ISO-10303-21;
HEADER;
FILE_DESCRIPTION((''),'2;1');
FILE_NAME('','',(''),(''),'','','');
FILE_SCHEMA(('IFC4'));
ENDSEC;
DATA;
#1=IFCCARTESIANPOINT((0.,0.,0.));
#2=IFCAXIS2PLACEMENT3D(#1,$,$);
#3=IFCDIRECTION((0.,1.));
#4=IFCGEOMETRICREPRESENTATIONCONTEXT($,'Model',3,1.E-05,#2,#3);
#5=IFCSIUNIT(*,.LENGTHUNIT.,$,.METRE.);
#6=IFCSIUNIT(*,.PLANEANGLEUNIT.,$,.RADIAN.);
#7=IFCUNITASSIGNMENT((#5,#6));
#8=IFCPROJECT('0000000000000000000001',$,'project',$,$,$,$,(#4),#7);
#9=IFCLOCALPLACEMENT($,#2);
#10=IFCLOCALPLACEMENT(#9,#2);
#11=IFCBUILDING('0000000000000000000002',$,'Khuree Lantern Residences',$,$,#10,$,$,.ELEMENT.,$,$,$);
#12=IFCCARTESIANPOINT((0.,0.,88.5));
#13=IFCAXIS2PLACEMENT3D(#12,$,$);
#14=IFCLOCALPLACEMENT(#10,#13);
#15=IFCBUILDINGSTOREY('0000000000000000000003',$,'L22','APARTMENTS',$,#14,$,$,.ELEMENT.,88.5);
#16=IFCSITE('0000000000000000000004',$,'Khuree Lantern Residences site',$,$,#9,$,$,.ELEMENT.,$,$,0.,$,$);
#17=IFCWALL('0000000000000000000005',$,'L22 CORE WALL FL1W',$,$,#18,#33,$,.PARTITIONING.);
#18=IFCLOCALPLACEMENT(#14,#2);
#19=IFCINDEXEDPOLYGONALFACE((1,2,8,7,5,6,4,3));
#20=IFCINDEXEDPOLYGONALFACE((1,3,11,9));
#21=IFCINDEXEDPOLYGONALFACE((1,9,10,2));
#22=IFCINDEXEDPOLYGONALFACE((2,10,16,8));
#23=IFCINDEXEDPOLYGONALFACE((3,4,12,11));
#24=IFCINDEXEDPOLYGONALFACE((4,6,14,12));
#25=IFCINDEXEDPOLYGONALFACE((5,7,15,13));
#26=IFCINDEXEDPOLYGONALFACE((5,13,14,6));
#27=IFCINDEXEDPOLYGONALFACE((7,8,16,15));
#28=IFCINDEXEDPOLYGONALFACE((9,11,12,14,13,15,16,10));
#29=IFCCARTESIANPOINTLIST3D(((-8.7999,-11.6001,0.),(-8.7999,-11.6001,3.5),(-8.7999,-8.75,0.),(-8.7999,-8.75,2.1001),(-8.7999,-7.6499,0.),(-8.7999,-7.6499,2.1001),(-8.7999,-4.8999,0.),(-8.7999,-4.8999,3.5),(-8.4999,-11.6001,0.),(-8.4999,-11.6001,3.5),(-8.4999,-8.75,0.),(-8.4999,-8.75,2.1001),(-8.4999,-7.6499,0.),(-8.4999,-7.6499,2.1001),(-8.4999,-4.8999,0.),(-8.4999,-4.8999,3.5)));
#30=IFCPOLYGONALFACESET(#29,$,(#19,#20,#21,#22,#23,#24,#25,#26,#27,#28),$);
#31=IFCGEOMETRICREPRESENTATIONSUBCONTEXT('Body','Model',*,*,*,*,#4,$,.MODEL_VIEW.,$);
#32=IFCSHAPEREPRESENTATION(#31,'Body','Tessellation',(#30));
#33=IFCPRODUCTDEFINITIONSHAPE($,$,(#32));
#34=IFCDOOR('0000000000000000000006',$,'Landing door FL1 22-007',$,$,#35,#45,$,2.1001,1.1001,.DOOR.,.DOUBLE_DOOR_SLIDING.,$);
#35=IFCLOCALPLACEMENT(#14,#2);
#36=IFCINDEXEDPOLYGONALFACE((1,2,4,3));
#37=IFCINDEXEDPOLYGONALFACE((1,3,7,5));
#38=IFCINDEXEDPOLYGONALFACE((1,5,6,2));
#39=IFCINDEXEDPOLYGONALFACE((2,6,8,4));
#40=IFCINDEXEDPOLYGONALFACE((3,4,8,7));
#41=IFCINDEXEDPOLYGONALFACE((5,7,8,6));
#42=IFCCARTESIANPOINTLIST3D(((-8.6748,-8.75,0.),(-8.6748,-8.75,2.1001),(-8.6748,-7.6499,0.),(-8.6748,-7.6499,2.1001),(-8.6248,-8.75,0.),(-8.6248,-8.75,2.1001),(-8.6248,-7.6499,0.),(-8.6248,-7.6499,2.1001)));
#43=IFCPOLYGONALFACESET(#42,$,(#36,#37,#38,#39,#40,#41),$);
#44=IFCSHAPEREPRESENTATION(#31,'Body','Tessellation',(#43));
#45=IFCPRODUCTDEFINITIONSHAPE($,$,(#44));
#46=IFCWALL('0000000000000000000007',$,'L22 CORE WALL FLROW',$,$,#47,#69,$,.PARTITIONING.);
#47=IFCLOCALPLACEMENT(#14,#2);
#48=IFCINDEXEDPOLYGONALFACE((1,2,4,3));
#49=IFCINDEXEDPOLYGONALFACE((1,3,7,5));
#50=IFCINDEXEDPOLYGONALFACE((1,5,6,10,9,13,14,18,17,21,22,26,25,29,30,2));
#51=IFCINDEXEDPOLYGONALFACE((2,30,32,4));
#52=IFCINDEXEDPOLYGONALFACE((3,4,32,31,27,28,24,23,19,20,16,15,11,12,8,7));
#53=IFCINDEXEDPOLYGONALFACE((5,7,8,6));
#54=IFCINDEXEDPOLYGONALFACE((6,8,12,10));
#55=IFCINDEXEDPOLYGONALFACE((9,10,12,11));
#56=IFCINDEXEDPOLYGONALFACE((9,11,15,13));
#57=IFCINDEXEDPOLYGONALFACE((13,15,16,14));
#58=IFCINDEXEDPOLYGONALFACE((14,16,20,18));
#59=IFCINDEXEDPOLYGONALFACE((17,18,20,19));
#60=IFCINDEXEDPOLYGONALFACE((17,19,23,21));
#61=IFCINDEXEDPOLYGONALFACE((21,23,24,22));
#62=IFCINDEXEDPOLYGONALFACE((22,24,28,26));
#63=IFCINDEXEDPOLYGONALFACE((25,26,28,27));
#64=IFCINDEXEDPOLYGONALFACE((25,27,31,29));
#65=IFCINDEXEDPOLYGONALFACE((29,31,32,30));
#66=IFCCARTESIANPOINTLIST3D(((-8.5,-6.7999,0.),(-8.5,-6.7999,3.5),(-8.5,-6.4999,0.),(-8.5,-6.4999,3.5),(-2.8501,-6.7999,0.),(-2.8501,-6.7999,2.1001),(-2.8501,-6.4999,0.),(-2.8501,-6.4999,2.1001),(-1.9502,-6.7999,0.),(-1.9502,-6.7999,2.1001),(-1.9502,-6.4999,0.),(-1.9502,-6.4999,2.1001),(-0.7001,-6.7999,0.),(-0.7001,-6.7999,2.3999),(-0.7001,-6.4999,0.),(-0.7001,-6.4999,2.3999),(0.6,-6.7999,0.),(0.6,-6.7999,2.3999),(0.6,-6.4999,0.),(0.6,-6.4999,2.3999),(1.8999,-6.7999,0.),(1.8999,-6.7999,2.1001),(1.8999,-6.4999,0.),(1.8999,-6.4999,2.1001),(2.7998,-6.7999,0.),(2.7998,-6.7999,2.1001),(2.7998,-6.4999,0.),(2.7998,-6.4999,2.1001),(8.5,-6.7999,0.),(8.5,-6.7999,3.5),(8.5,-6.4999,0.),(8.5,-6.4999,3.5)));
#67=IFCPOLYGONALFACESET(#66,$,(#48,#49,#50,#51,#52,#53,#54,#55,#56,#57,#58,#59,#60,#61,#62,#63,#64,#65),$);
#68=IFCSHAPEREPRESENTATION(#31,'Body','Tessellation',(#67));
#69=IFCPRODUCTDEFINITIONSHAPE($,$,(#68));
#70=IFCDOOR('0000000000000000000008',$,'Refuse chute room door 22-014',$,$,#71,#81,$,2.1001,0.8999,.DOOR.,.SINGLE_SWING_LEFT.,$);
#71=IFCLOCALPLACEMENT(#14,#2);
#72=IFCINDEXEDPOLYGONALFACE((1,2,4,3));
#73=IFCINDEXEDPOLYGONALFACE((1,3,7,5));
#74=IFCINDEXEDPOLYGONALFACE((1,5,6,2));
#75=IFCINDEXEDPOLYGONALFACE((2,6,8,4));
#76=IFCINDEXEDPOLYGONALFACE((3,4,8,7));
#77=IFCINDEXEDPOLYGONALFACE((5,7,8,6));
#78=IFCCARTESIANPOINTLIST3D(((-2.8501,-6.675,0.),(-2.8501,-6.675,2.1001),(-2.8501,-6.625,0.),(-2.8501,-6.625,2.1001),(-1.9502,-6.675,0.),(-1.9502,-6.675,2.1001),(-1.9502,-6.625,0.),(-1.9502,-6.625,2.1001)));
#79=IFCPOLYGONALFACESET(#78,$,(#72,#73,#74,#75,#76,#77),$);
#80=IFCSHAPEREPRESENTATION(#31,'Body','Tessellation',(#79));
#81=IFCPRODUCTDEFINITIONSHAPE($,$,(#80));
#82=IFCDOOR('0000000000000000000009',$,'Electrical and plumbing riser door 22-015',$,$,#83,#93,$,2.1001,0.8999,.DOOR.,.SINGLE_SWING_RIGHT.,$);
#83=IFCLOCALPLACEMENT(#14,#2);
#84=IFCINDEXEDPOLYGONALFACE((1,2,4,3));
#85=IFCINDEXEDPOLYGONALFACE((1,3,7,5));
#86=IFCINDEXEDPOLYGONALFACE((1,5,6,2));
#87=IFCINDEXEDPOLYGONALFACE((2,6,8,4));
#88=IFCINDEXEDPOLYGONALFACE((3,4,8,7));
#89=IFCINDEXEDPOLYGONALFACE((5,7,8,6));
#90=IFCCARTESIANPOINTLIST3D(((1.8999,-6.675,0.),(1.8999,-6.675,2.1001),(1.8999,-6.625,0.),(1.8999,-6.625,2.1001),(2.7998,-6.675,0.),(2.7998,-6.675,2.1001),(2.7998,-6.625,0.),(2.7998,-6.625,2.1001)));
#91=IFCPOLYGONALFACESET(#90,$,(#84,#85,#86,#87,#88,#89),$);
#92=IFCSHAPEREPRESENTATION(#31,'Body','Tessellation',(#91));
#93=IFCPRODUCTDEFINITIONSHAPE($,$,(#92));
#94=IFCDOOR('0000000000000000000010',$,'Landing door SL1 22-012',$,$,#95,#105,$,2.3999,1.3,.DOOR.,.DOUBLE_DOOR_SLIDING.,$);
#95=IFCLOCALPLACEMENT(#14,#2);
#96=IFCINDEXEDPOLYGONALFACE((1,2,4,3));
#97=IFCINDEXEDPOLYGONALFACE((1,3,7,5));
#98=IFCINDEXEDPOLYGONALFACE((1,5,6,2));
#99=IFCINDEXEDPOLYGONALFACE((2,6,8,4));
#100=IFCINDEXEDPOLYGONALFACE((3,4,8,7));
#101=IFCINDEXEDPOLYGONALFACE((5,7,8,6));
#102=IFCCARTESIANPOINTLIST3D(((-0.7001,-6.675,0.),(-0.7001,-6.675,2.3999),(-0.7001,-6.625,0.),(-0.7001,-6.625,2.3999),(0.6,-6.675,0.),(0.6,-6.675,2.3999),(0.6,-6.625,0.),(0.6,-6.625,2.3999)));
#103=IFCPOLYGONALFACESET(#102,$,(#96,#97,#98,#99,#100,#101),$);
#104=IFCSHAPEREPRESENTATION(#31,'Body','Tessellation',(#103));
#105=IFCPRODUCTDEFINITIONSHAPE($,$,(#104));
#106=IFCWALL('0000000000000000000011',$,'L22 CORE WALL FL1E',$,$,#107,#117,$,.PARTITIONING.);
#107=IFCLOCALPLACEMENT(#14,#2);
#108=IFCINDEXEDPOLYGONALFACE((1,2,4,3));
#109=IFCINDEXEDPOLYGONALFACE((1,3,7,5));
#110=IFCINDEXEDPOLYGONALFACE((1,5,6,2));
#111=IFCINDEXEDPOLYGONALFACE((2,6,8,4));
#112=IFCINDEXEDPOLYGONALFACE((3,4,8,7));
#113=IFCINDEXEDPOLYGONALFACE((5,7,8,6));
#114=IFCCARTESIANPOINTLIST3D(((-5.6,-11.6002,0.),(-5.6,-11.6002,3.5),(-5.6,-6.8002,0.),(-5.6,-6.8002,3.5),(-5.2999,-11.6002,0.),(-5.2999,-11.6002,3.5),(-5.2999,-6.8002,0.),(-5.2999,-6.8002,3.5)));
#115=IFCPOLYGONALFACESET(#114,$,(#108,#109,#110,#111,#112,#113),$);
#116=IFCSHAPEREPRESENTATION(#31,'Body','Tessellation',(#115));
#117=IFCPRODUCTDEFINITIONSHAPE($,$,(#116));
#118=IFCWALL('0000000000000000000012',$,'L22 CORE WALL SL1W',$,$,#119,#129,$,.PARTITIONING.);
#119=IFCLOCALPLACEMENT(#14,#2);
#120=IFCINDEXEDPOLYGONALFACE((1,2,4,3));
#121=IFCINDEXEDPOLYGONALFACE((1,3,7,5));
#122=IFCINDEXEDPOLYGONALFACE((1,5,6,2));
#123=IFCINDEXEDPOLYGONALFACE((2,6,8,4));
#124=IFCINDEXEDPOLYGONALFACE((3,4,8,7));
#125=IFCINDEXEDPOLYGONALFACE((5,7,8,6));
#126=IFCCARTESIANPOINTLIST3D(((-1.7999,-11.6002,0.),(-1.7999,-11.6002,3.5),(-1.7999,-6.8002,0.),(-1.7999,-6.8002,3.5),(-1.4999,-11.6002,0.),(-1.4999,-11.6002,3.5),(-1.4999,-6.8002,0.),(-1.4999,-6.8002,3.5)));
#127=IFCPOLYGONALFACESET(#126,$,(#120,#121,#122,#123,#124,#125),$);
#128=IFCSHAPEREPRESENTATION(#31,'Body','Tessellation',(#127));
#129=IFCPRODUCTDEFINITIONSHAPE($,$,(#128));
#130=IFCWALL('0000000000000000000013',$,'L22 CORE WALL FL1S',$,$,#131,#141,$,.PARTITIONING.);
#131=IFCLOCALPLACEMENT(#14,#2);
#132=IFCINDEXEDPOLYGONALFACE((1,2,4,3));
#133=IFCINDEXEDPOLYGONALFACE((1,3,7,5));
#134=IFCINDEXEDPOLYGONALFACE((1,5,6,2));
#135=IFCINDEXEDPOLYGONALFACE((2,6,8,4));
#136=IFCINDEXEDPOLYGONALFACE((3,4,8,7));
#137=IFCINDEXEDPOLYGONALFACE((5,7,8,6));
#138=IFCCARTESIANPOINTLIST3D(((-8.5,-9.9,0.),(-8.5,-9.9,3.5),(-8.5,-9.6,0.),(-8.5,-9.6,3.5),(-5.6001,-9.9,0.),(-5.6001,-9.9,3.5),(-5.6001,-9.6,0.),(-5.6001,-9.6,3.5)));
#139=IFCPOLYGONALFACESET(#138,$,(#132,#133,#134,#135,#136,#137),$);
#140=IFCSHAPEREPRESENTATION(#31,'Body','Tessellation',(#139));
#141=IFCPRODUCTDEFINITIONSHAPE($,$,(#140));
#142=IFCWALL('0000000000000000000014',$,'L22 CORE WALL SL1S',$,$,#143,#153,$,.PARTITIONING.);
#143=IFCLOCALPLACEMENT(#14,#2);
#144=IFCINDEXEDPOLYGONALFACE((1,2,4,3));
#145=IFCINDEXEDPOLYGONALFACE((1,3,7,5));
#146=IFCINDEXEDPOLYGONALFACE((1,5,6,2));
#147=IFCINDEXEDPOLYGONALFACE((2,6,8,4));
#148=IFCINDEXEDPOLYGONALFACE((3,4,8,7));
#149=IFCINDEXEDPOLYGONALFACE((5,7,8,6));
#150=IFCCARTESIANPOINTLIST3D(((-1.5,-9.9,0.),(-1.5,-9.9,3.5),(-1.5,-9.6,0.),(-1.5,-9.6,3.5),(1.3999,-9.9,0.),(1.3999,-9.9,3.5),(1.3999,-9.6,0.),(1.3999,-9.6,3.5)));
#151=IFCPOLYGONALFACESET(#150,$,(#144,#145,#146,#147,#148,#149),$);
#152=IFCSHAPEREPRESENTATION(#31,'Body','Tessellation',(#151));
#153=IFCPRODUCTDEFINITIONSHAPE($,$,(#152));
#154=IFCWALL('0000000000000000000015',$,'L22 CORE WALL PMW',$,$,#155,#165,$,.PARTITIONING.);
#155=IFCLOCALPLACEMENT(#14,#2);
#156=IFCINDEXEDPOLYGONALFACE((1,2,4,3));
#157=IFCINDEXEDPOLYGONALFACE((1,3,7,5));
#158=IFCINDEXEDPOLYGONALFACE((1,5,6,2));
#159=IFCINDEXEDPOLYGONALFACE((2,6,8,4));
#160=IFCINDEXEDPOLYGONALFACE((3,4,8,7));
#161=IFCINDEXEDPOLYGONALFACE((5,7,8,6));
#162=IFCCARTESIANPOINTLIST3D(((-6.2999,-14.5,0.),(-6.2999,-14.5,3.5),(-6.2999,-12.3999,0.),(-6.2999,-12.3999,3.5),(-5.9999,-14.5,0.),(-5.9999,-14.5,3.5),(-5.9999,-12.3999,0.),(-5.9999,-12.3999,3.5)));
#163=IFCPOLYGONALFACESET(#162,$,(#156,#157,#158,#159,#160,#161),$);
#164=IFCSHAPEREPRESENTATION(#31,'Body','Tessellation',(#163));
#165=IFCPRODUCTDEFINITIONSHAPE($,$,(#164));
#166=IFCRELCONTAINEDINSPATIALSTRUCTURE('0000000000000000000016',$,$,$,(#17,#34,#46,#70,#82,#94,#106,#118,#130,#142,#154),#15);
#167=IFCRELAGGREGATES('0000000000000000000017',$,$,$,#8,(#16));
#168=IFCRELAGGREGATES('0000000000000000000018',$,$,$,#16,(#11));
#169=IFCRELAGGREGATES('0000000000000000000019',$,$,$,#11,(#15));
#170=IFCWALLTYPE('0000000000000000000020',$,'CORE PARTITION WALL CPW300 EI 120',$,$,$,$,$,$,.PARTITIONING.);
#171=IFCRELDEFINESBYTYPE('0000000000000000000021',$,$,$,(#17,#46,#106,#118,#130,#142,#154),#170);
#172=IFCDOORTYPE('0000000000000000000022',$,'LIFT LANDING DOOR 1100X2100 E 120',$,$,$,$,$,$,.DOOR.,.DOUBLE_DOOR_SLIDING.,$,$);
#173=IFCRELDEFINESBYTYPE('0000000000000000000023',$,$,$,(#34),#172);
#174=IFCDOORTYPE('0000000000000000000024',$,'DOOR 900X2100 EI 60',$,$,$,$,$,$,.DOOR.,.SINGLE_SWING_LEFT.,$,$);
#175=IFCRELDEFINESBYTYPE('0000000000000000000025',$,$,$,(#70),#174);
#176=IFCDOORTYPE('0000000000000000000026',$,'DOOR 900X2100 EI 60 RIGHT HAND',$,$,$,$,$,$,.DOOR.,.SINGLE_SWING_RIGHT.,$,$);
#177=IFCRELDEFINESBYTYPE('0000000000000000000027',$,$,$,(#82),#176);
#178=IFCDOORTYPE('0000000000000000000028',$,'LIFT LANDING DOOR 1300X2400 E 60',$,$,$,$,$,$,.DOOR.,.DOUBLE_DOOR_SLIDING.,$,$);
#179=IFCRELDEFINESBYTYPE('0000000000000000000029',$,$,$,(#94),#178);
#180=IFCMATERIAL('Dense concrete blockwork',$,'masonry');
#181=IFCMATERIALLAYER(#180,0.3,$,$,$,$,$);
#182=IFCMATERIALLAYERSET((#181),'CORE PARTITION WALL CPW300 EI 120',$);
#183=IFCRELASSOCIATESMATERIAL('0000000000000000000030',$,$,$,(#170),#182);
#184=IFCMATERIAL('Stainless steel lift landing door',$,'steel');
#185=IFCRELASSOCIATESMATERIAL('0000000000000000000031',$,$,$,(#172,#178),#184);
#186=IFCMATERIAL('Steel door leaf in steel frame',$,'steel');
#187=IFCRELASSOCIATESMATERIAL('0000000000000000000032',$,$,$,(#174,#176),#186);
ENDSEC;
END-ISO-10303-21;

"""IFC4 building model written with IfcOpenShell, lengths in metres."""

from ifc_helpers import new_model, si_unit, direction, frame, frame_2d, origin, place, context, subcontext, project, spatial, rectangle, extrude, material, layer, layer_set, type_object, element, fill, save


model = new_model("IFC4")

# Units and contexts
model_context = context("Model", 3, precision=1e-05, world=origin(), true_north=direction((0.0, 1.0)))
body_context = subcontext(model_context, "Body", "Model", "MODEL_VIEW")
ifc_project = project(units=[si_unit("LENGTHUNIT", "METRE"), si_unit("PLANEANGLEUNIT", "RADIAN")], contexts=[model_context])

# Site, building, storey
site_placement = place(None, origin())
site = spatial("IfcSite", under=ifc_project, at=site_placement, Name="Khuree Lantern Residences site", CompositionType="ELEMENT", RefElevation=0.0)
building_placement = place(site_placement, origin())
building = spatial("IfcBuilding", under=site, at=building_placement, Name="Khuree Lantern Residences", CompositionType="ELEMENT")
storey_placement = place(building_placement, frame((0.0, 0.0, 88.5)))
storey = spatial("IfcBuildingStorey", under=building, at=storey_placement, Name="L22", Description="APARTMENTS", CompositionType="ELEMENT", Elevation=88.5)

# Wall, opening, door
ifc_material_1 = material(Name="Dense concrete blockwork", Category="masonry")
ifc_layer_1 = layer(ifc_material_1, 0.3)
ifc_layer_set_1 = layer_set([ifc_layer_1], Name="CORE PARTITION WALL CPW300 EI 120")
wall_type_1 = type_object("IfcWallType", Name="CORE PARTITION WALL CPW300 EI 120", PredefinedType="PARTITIONING", material=ifc_layer_set_1)
wall_1_placement = place(storey_placement, frame((-8.6499, -11.6001, 0.0), z_axis=(0.0, 0.0, 1.0), x_axis=(0.0, 1.0, 0.0)))
wall_1 = element("IfcWall", 1, at=wall_1_placement, inside=storey, type_object=wall_type_1, Name="L22 CORE WALL FL1W", PredefinedType="PARTITIONING", context=body_context, shape_type="SweptSolid", body=[
    extrude(rectangle(XDim=6.7002, YDim=0.3, at=frame_2d((3.3501, 0.0))), origin(), (0.0, 0.0, 1.0), 3.5),
])
opening_1_placement = place(wall_1_placement, frame((2.8501, 0.0, 0.0)))
opening_1 = element("IfcOpeningElement", 2, at=opening_1_placement, cuts=wall_1, PredefinedType="OPENING", context=body_context, shape_type="SweptSolid", body=[
    extrude(rectangle(XDim=1.1001, YDim=2.1001, at=frame_2d((0.55, 1.05))), frame((0.0, 0.1602, 0.0), z_axis=(0.0, -1.0, 0.0), x_axis=(1.0, 0.0, 0.0)), (0.0, 0.0, 1.0), 0.3201),
])
ifc_material_2 = material(Name="Stainless steel lift landing door", Category="steel")
door_type_1 = type_object("IfcDoorType", Name="LIFT LANDING DOOR 1100X2100 E 120", OperationType="DOUBLE_DOOR_SLIDING", PredefinedType="DOOR", material=ifc_material_2)
door_1_placement = place(opening_1_placement, origin())
door_1 = element("IfcDoor", 3, at=door_1_placement, inside=storey, type_object=door_type_1, Name="Landing door FL1 22-007", OperationType="DOUBLE_DOOR_SLIDING", OverallHeight=2.1001, OverallWidth=1.1001, PredefinedType="DOOR", context=body_context, shape_type="SweptSolid", body=[
    extrude(rectangle(XDim=1.1001, YDim=2.1001, at=frame_2d((0.55, 1.05))), frame((0.0, 0.0249, 0.0), z_axis=(0.0, -1.0, 0.0), x_axis=(1.0, 0.0, 0.0)), (0.0, 0.0, 1.0), 0.05),
])
fill(opening_1, door_1)

# Wall, openings, doors
wall_2_placement = place(storey_placement, frame((-8.5, -6.6499, 0.0), z_axis=(0.0, 0.0, 1.0), x_axis=(1.0, 0.0, 0.0)))
wall_2 = element("IfcWall", 4, at=wall_2_placement, inside=storey, type_object=wall_type_1, Name="L22 CORE WALL FLROW", PredefinedType="PARTITIONING", context=body_context, shape_type="SweptSolid", body=[
    extrude(rectangle(XDim=17.0, YDim=0.3, at=frame_2d((8.5, 0.0))), origin(), (0.0, 0.0, 1.0), 3.5),
])
opening_2_placement = place(wall_2_placement, frame((7.8, 0.0, 0.0)))
opening_2 = element("IfcOpeningElement", 5, at=opening_2_placement, cuts=wall_2, PredefinedType="OPENING", context=body_context, shape_type="SweptSolid", body=[
    extrude(rectangle(XDim=1.3, YDim=2.3999, at=frame_2d((0.6499, 1.2))), frame((0.0, 0.1602, 0.0), z_axis=(0.0, -1.0, 0.0), x_axis=(1.0, 0.0, 0.0)), (0.0, 0.0, 1.0), 0.3201),
])
opening_3_placement = place(wall_2_placement, frame((5.6499, 0.0, 0.0)))
opening_3 = element("IfcOpeningElement", 6, at=opening_3_placement, cuts=wall_2, PredefinedType="OPENING", context=body_context, shape_type="SweptSolid", body=[
    extrude(rectangle(XDim=0.8999, YDim=2.1001, at=frame_2d((0.45, 1.05))), frame((0.0, 0.1602, 0.0), z_axis=(0.0, -1.0, 0.0), x_axis=(1.0, 0.0, 0.0)), (0.0, 0.0, 1.0), 0.3201),
])
opening_4_placement = place(wall_2_placement, frame((10.3999, 0.0, 0.0)))
opening_4 = element("IfcOpeningElement", 7, at=opening_4_placement, cuts=wall_2, PredefinedType="OPENING", context=body_context, shape_type="SweptSolid", body=[
    extrude(rectangle(XDim=0.8999, YDim=2.1001, at=frame_2d((0.45, 1.05))), frame((0.0, 0.1602, 0.0), z_axis=(0.0, -1.0, 0.0), x_axis=(1.0, 0.0, 0.0)), (0.0, 0.0, 1.0), 0.3201),
])
ifc_material_3 = material(Name="Steel door leaf in steel frame", Category="steel")
door_type_2 = type_object("IfcDoorType", Name="DOOR 900X2100 EI 60", OperationType="SINGLE_SWING_LEFT", PredefinedType="DOOR", material=ifc_material_3)
door_2_placement = place(opening_3_placement, origin())
door_2 = element("IfcDoor", 8, at=door_2_placement, inside=storey, type_object=door_type_2, Name="Refuse chute room door 22-014", OperationType="SINGLE_SWING_LEFT", OverallHeight=2.1001, OverallWidth=0.8999, PredefinedType="DOOR", context=body_context, shape_type="SweptSolid", body=[
    extrude(rectangle(XDim=0.8999, YDim=2.1001, at=frame_2d((0.45, 1.05))), frame((0.0, 0.0249, 0.0), z_axis=(0.0, -1.0, 0.0), x_axis=(1.0, 0.0, 0.0)), (0.0, 0.0, 1.0), 0.05),
])
fill(opening_3, door_2)
door_type_3 = type_object("IfcDoorType", Name="DOOR 900X2100 EI 60 RIGHT HAND", OperationType="SINGLE_SWING_RIGHT", PredefinedType="DOOR", material=ifc_material_3)
door_3_placement = place(opening_4_placement, origin())
door_3 = element("IfcDoor", 9, at=door_3_placement, inside=storey, type_object=door_type_3, Name="Electrical and plumbing riser door 22-015", OperationType="SINGLE_SWING_RIGHT", OverallHeight=2.1001, OverallWidth=0.8999, PredefinedType="DOOR", context=body_context, shape_type="SweptSolid", body=[
    extrude(rectangle(XDim=0.8999, YDim=2.1001, at=frame_2d((0.45, 1.05))), frame((0.0, 0.0249, 0.0), z_axis=(0.0, -1.0, 0.0), x_axis=(1.0, 0.0, 0.0)), (0.0, 0.0, 1.0), 0.05),
])
fill(opening_4, door_3)
door_type_4 = type_object("IfcDoorType", Name="LIFT LANDING DOOR 1300X2400 E 60", OperationType="DOUBLE_DOOR_SLIDING", PredefinedType="DOOR", material=ifc_material_2)
door_4_placement = place(opening_2_placement, origin())
door_4 = element("IfcDoor", 10, at=door_4_placement, inside=storey, type_object=door_type_4, Name="Landing door SL1 22-012", OperationType="DOUBLE_DOOR_SLIDING", OverallHeight=2.3999, OverallWidth=1.3, PredefinedType="DOOR", context=body_context, shape_type="SweptSolid", body=[
    extrude(rectangle(XDim=1.3, YDim=2.3999, at=frame_2d((0.6499, 1.2))), frame((0.0, 0.0249, 0.0), z_axis=(0.0, -1.0, 0.0), x_axis=(1.0, 0.0, 0.0)), (0.0, 0.0, 1.0), 0.05),
])
fill(opening_2, door_4)

# Walls
for number, where, z_axis, x_axis, name in (
    (11, (-5.45, -11.6001, 0.0), (0.0, 0.0, 1.0), (0.0, 1.0, 0.0), "L22 CORE WALL FL1E"),
    (12, (-1.6499, -11.6001, 0.0), (0.0, 0.0, 1.0), (0.0, 1.0, 0.0), "L22 CORE WALL SL1W"),
):
    element("IfcWall", number, at=place(storey_placement, frame(where, z_axis=z_axis, x_axis=x_axis)), inside=storey, type_object=wall_type_1, Name=name, PredefinedType="PARTITIONING", context=body_context, shape_type="SweptSolid", body=[
        extrude(rectangle(XDim=4.8, YDim=0.3, at=frame_2d((2.3999, 0.0))), origin(), (0.0, 0.0, 1.0), 3.5),
    ])
for number, where, z_axis, x_axis, name in (
    (13, (-8.5, -9.75, 0.0), (0.0, 0.0, 1.0), (1.0, 0.0, 0.0), "L22 CORE WALL FL1S"),
    (14, (-1.5, -9.75, 0.0), (0.0, 0.0, 1.0), (1.0, 0.0, 0.0), "L22 CORE WALL SL1S"),
):
    element("IfcWall", number, at=place(storey_placement, frame(where, z_axis=z_axis, x_axis=x_axis)), inside=storey, type_object=wall_type_1, Name=name, PredefinedType="PARTITIONING", context=body_context, shape_type="SweptSolid", body=[
        extrude(rectangle(XDim=2.8999, YDim=0.3, at=frame_2d((1.45, 0.0))), origin(), (0.0, 0.0, 1.0), 3.5),
    ])
wall_3_placement = place(storey_placement, frame((-6.1499, -14.5, 0.0), z_axis=(0.0, 0.0, 1.0), x_axis=(0.0, 1.0, 0.0)))
element("IfcWall", 15, at=wall_3_placement, inside=storey, type_object=wall_type_1, Name="L22 CORE WALL PMW", PredefinedType="PARTITIONING", context=body_context, shape_type="SweptSolid", body=[
    extrude(rectangle(XDim=2.1001, YDim=0.3, at=frame_2d((1.05, 0.0))), origin(), (0.0, 0.0, 1.0), 3.5),
])

save(model, "model.ifc")
